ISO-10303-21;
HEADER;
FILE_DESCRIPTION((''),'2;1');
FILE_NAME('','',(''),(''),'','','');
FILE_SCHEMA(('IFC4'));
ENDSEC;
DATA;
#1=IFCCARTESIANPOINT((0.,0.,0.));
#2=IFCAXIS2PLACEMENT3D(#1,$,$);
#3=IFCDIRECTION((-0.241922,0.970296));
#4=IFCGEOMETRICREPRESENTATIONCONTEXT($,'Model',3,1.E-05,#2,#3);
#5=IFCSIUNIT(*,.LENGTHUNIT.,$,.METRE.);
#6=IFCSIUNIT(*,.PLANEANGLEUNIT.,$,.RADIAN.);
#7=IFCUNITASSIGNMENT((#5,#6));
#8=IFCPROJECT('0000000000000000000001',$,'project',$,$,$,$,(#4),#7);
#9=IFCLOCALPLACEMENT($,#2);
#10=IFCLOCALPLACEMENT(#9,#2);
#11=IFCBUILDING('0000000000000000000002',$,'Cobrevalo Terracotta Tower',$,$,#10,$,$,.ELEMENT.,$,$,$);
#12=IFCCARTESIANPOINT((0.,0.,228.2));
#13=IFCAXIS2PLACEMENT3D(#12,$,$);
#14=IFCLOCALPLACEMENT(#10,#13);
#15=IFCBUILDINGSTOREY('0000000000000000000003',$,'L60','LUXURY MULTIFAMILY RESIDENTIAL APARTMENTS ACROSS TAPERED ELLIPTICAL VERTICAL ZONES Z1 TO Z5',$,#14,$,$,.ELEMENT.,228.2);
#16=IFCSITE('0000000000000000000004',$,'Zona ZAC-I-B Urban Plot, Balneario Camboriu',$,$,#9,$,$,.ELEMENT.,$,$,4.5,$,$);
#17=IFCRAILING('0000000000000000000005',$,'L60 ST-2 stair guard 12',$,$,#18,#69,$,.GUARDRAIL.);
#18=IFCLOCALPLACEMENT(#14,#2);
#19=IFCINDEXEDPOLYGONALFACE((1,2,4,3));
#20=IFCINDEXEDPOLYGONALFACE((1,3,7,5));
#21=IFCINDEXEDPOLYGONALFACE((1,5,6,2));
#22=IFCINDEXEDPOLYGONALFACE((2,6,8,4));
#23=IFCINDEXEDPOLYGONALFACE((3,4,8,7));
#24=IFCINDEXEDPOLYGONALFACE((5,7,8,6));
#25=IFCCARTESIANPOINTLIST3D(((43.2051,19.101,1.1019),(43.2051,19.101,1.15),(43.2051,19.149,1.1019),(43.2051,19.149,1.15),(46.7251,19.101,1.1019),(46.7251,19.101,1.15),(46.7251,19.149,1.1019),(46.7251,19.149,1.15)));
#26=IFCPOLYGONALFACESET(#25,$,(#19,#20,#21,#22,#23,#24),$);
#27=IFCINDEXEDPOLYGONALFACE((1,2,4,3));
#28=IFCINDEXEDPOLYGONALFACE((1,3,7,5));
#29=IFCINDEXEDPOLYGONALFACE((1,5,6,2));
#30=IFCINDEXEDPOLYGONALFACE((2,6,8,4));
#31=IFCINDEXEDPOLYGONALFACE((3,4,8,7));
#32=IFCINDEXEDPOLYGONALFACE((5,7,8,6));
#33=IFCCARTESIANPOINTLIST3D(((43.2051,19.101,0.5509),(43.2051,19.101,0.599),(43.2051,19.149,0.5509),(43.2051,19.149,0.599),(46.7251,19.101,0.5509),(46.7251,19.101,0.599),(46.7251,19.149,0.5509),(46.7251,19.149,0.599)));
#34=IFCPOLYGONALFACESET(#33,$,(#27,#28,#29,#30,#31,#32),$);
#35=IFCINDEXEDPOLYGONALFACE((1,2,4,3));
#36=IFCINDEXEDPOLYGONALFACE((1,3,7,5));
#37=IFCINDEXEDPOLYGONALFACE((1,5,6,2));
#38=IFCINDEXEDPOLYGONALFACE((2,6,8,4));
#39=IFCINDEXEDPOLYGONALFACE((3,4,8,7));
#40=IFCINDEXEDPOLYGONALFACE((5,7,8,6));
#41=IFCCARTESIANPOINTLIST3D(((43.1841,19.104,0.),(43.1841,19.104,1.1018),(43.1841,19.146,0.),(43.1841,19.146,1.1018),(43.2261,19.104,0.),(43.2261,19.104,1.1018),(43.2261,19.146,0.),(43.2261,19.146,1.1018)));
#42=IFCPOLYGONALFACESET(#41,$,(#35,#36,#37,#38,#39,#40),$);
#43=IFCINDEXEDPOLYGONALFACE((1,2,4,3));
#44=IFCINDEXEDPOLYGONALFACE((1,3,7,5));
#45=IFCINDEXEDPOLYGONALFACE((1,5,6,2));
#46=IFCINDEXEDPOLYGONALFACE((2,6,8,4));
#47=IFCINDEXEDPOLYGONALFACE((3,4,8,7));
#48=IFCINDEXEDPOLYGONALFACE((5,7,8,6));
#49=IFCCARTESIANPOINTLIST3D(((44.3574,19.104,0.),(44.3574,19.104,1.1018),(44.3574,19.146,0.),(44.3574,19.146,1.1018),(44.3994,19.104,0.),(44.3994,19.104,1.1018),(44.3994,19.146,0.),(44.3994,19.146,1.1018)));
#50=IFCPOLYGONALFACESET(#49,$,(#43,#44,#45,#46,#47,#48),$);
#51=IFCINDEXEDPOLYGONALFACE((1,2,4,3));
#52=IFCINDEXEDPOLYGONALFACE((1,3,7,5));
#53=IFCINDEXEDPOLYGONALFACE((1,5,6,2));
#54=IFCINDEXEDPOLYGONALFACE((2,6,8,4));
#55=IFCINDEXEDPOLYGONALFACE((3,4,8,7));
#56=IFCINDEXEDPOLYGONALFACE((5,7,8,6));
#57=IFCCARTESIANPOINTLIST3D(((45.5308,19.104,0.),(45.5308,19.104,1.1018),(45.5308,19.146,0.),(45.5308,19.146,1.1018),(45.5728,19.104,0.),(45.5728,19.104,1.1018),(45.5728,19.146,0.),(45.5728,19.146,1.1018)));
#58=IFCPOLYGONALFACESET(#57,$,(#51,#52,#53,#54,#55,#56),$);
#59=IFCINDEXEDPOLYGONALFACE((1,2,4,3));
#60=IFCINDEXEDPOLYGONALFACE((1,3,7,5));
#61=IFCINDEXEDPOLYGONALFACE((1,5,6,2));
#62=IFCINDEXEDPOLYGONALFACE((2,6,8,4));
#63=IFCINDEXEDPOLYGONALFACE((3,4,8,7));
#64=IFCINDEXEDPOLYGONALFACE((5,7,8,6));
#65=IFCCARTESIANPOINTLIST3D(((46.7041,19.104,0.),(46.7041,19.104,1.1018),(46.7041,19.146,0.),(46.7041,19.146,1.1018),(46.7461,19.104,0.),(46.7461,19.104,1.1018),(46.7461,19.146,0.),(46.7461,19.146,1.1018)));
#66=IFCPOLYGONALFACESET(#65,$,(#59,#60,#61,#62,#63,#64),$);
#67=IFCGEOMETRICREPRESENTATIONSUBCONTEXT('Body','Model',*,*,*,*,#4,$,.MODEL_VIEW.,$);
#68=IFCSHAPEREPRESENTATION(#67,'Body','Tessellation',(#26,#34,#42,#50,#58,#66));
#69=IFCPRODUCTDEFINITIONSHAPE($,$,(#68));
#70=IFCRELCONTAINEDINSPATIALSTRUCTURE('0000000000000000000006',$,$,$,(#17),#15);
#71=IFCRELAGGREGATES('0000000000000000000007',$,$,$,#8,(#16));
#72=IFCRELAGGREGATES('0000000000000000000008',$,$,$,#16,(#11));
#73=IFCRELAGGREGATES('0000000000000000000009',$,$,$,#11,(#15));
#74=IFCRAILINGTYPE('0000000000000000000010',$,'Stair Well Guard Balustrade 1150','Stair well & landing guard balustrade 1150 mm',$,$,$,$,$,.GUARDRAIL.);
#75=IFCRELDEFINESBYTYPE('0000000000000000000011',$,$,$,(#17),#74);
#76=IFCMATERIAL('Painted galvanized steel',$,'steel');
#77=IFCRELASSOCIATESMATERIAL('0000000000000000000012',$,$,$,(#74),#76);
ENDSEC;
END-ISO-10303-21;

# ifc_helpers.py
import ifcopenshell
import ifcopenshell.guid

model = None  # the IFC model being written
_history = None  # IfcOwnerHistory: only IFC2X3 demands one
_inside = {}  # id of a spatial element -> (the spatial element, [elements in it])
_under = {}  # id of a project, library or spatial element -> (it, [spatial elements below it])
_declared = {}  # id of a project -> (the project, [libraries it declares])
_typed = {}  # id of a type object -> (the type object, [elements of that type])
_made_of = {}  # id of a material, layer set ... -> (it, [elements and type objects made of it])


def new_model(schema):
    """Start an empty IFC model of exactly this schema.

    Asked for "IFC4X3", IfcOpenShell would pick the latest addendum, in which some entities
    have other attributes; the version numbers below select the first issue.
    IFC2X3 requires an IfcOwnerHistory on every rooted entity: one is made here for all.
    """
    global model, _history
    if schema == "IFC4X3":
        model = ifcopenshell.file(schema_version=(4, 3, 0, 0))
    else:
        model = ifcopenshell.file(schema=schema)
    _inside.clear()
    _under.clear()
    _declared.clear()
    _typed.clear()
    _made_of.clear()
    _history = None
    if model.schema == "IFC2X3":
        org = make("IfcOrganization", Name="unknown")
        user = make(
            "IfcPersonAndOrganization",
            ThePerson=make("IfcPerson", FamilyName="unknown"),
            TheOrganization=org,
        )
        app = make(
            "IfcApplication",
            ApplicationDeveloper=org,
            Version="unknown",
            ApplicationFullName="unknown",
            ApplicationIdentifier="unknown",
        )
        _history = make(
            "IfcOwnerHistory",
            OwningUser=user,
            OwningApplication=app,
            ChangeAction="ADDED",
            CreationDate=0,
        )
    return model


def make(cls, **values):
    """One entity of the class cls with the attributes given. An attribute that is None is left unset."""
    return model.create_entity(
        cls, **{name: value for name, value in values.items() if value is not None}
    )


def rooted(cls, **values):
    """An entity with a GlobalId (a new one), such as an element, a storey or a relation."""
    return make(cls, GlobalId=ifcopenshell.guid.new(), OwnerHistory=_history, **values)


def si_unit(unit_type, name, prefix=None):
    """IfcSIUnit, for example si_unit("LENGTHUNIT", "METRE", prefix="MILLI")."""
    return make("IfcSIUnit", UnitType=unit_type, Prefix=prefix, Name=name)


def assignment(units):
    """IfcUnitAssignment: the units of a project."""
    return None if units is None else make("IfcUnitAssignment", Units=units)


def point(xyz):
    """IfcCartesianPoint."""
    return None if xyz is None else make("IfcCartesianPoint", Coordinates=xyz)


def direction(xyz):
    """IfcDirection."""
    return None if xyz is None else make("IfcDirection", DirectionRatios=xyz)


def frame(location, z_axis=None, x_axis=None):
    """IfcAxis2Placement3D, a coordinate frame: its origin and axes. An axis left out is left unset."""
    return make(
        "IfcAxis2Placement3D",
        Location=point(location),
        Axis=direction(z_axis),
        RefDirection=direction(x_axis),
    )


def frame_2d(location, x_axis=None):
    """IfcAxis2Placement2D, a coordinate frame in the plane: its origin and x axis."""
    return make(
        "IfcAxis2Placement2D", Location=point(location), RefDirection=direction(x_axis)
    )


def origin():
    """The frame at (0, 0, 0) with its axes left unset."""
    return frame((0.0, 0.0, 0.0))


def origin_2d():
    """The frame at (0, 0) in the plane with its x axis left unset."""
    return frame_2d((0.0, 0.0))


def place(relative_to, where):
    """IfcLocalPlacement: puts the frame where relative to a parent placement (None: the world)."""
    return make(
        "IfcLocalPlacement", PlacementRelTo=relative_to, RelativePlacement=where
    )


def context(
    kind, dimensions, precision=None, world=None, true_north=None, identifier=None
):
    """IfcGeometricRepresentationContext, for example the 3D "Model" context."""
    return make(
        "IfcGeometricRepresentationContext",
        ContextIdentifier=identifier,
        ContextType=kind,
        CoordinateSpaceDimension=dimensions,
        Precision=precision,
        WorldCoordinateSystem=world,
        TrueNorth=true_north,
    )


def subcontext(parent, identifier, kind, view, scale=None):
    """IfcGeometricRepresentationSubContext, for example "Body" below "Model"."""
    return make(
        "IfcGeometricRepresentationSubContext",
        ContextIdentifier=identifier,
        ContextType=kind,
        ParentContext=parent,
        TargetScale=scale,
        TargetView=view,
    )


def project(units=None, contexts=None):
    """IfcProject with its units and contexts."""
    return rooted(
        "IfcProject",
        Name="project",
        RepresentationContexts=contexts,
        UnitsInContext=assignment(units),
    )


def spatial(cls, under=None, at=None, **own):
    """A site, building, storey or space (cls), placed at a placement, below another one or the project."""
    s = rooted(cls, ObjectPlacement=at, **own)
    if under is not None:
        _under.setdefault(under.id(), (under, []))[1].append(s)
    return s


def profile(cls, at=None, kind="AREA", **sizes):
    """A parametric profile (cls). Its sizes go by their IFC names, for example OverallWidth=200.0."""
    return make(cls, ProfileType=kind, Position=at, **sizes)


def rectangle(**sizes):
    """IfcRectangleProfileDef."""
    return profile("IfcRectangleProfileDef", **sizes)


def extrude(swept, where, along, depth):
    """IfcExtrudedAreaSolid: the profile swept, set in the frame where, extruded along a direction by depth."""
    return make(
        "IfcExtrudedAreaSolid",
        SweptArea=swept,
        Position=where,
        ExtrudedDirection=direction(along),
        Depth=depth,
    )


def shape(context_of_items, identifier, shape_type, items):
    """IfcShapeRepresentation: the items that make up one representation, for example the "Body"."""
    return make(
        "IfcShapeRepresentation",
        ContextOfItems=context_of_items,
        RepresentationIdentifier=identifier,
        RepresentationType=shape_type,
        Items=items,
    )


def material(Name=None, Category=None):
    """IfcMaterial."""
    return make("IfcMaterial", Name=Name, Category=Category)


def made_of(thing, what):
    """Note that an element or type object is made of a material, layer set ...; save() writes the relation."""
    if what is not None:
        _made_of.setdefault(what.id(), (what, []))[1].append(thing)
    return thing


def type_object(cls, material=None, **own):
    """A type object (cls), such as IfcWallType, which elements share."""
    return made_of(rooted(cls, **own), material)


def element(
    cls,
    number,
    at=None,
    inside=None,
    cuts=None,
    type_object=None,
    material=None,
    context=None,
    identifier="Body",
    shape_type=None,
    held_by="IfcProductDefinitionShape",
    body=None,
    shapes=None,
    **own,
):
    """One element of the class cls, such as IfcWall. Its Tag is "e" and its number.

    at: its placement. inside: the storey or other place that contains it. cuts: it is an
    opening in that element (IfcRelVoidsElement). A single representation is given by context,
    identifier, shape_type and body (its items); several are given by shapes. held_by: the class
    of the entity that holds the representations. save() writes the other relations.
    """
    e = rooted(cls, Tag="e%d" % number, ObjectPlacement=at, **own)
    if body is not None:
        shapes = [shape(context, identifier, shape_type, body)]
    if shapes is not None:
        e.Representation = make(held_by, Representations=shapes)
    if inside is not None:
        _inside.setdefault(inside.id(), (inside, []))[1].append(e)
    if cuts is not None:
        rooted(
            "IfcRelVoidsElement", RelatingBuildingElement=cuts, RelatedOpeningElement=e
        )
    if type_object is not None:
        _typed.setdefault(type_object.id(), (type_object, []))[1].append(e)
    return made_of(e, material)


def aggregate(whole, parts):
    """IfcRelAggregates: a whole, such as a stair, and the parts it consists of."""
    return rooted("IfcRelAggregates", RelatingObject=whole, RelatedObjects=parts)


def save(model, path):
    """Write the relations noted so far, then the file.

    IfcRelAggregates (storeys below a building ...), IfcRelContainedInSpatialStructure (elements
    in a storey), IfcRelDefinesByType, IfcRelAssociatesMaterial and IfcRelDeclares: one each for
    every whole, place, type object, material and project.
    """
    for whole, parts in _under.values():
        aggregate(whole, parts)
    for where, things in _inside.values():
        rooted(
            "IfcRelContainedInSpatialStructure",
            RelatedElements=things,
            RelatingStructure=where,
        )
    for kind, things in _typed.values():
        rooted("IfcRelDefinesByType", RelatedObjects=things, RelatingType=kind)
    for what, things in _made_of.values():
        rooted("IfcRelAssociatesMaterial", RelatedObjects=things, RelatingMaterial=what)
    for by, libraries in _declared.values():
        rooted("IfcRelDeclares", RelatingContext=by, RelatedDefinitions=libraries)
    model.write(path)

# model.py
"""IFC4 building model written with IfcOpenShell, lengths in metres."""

from ifc_helpers import new_model, si_unit, direction, frame, origin, origin_2d, place, context, subcontext, project, spatial, rectangle, extrude, material, type_object, element, save


model = new_model("IFC4")

# Units and contexts
model_context = context("Model", 3, precision=1e-05, world=origin(), true_north=direction((-0.241922, 0.970296)))
body_context = subcontext(model_context, "Body", "Model", "MODEL_VIEW")
ifc_project = project(units=[si_unit("LENGTHUNIT", "METRE"), si_unit("PLANEANGLEUNIT", "RADIAN")], contexts=[model_context])

# Site, building, storey
site_placement = place(None, origin())
site = spatial("IfcSite", under=ifc_project, at=site_placement, Name="Zona ZAC-I-B Urban Plot, Balneario Camboriu", CompositionType="ELEMENT", RefElevation=4.5)
building_placement = place(site_placement, origin())
building = spatial("IfcBuilding", under=site, at=building_placement, Name="Cobrevalo Terracotta Tower", CompositionType="ELEMENT")
storey_placement = place(building_placement, frame((0.0, 0.0, 228.2)))
storey = spatial("IfcBuildingStorey", under=building, at=storey_placement, Name="L60", Description="LUXURY MULTIFAMILY RESIDENTIAL APARTMENTS ACROSS TAPERED ELLIPTICAL VERTICAL ZONES Z1 TO Z5", CompositionType="ELEMENT", Elevation=228.2)

# Railing
ifc_material_1 = material(Name="Painted galvanized steel", Category="steel")
railing_type_1 = type_object("IfcRailingType", Name="Stair Well Guard Balustrade 1150", Description="Stair well & landing guard balustrade 1150 mm", PredefinedType="GUARDRAIL", material=ifc_material_1)
railing_1_placement = place(storey_placement, frame((43.2051, 19.125, 0.0)))
element("IfcRailing", 1, at=railing_1_placement, inside=storey, type_object=railing_type_1, Name="L60 ST-2 stair guard 12", PredefinedType="GUARDRAIL", context=body_context, shape_type="SweptSolid", body=[
    extrude(rectangle(XDim=0.0481, YDim=0.0481, at=origin_2d()), frame((0.0, 0.0, 1.126), z_axis=(1.0, 0.0, 0.0), x_axis=(0.0, 1.0, 0.0)), (0.0, 0.0, 1.0), 3.52),
    extrude(rectangle(XDim=0.0481, YDim=0.0481, at=origin_2d()), frame((0.0, 0.0, 0.575), z_axis=(1.0, 0.0, 0.0), x_axis=(0.0, 1.0, 0.0)), (0.0, 0.0, 1.0), 3.52),
    extrude(rectangle(XDim=0.042, YDim=0.042, at=origin_2d()), origin(), (0.0, 0.0, 1.0), 1.1018),
    extrude(rectangle(XDim=0.042, YDim=0.042, at=origin_2d()), frame((1.1733, 0.0, 0.0)), (0.0, 0.0, 1.0), 1.1018),
    extrude(rectangle(XDim=0.042, YDim=0.042, at=origin_2d()), frame((2.3467, 0.0, 0.0)), (0.0, 0.0, 1.0), 1.1018),
    extrude(rectangle(XDim=0.042, YDim=0.042, at=origin_2d()), frame((3.52, 0.0, 0.0)), (0.0, 0.0, 1.0), 1.1018),
])

save(model, "model.ifc")
